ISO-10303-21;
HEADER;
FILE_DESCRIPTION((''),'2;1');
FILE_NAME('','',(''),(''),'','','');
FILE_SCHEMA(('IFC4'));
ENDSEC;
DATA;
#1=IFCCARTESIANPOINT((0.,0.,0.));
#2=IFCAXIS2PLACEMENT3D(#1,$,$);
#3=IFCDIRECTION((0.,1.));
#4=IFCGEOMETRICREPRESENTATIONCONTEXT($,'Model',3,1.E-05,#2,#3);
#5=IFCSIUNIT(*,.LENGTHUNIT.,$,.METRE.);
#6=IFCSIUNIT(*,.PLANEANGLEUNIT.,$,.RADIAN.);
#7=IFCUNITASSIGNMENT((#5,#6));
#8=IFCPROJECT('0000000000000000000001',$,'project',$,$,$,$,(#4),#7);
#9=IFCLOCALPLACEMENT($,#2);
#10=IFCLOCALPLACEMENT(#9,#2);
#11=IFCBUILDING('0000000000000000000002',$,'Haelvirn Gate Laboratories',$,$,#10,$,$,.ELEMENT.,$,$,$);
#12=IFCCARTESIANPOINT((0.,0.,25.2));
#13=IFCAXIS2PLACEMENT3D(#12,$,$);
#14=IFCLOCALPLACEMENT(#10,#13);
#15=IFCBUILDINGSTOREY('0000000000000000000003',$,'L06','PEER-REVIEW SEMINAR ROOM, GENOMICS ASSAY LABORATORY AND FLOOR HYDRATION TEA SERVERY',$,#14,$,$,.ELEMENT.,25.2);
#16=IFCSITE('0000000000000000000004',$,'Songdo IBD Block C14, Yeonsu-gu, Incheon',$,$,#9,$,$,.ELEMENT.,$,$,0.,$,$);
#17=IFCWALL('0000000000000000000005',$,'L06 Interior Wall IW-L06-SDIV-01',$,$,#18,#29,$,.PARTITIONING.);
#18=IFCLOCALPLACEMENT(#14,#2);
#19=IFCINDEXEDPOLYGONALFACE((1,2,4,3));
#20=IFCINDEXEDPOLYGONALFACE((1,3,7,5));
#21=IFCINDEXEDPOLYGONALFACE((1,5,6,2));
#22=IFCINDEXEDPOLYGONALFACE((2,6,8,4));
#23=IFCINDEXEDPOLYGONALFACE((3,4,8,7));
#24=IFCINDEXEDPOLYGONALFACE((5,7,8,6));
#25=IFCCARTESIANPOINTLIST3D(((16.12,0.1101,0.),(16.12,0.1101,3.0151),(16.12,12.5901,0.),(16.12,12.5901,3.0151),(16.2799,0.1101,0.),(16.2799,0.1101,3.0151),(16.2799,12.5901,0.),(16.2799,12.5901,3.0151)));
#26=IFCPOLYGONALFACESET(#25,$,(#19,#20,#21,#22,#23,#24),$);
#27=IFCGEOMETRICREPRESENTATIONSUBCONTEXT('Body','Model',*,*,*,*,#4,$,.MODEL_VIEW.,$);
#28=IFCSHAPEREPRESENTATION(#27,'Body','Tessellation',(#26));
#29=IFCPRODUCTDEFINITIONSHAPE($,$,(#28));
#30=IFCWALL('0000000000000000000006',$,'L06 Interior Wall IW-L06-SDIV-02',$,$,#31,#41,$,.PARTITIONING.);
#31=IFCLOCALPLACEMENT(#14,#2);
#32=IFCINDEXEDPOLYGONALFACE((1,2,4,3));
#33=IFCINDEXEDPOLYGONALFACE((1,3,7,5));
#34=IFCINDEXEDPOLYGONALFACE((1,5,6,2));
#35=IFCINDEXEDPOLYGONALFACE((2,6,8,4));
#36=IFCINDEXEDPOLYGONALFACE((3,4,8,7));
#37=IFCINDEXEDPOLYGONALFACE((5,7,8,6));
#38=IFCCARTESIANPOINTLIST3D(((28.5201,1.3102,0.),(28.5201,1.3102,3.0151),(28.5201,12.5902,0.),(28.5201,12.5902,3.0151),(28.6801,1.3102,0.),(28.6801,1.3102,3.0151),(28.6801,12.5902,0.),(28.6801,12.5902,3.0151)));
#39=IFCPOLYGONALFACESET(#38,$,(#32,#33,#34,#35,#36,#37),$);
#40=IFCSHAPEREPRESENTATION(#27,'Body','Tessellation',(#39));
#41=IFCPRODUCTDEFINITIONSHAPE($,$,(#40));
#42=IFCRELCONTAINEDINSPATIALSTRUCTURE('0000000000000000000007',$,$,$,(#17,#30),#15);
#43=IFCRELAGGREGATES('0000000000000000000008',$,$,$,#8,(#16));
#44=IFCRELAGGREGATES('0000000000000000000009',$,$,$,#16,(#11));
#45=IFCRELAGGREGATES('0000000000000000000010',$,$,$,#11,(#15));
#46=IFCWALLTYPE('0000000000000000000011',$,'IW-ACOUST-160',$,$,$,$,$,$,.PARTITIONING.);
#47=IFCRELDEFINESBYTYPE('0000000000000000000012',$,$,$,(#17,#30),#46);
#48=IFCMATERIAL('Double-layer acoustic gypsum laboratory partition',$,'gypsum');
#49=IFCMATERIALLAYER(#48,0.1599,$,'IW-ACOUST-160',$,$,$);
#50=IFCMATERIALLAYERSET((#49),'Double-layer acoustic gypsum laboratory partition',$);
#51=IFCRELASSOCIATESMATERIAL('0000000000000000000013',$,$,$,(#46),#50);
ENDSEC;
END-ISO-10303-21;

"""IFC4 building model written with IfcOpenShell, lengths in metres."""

from ifc_helpers import new_model, si_unit, direction, frame, frame_2d, origin, place, context, subcontext, project, spatial, rectangle, extrude, material, layer, layer_set, type_object, element, save


model = new_model("IFC4")

# Units and contexts
model_context = context("Model", 3, precision=1e-05, world=origin(), true_north=direction((0.0, 1.0)))
body_context = subcontext(model_context, "Body", "Model", "MODEL_VIEW")
ifc_project = project(units=[si_unit("LENGTHUNIT", "METRE"), si_unit("PLANEANGLEUNIT", "RADIAN")], contexts=[model_context])

# Site, building, storey
site_placement = place(None, origin())
site = spatial("IfcSite", under=ifc_project, at=site_placement, Name="Songdo IBD Block C14, Yeonsu-gu, Incheon", CompositionType="ELEMENT", RefElevation=0.0)
building_placement = place(site_placement, origin())
building = spatial("IfcBuilding", under=site, at=building_placement, Name="Haelvirn Gate Laboratories", CompositionType="ELEMENT")
storey_placement = place(building_placement, frame((0.0, 0.0, 25.2)))
storey = spatial("IfcBuildingStorey", under=building, at=storey_placement, Name="L06", Description="PEER-REVIEW SEMINAR ROOM, GENOMICS ASSAY LABORATORY AND FLOOR HYDRATION TEA SERVERY", CompositionType="ELEMENT", Elevation=25.2)

# Walls
ifc_material_1 = material(Name="Double-layer acoustic gypsum laboratory partition", Category="gypsum")
ifc_layer_1 = layer(ifc_material_1, 0.1599, Name="IW-ACOUST-160")
ifc_layer_set_1 = layer_set([ifc_layer_1], Name="Double-layer acoustic gypsum laboratory partition")
wall_type_1 = type_object("IfcWallType", Name="IW-ACOUST-160", PredefinedType="PARTITIONING", material=ifc_layer_set_1)
wall_1_placement = place(storey_placement, frame((16.2, 0.1101, 0.0), z_axis=(0.0, 0.0, 1.0), x_axis=(0.0, 1.0, 0.0)))
element("IfcWall", 1, at=wall_1_placement, inside=storey, type_object=wall_type_1, Name="L06 Interior Wall IW-L06-SDIV-01", PredefinedType="PARTITIONING", context=body_context, shape_type="SweptSolid", body=[
    extrude(rectangle(XDim=12.48, YDim=0.1599, at=frame_2d((6.24, 0.0))), origin(), (0.0, 0.0, 1.0), 3.0151),
])
wall_2_placement = place(storey_placement, frame((28.6001, 1.3101, 0.0), z_axis=(0.0, 0.0, 1.0), x_axis=(0.0, 1.0, 0.0)))
element("IfcWall", 2, at=wall_2_placement, inside=storey, type_object=wall_type_1, Name="L06 Interior Wall IW-L06-SDIV-02", PredefinedType="PARTITIONING", context=body_context, shape_type="SweptSolid", body=[
    extrude(rectangle(XDim=11.28, YDim=0.1599, at=frame_2d((5.6401, 0.0))), origin(), (0.0, 0.0, 1.0), 3.0151),
])

save(model, "model.ifc")
